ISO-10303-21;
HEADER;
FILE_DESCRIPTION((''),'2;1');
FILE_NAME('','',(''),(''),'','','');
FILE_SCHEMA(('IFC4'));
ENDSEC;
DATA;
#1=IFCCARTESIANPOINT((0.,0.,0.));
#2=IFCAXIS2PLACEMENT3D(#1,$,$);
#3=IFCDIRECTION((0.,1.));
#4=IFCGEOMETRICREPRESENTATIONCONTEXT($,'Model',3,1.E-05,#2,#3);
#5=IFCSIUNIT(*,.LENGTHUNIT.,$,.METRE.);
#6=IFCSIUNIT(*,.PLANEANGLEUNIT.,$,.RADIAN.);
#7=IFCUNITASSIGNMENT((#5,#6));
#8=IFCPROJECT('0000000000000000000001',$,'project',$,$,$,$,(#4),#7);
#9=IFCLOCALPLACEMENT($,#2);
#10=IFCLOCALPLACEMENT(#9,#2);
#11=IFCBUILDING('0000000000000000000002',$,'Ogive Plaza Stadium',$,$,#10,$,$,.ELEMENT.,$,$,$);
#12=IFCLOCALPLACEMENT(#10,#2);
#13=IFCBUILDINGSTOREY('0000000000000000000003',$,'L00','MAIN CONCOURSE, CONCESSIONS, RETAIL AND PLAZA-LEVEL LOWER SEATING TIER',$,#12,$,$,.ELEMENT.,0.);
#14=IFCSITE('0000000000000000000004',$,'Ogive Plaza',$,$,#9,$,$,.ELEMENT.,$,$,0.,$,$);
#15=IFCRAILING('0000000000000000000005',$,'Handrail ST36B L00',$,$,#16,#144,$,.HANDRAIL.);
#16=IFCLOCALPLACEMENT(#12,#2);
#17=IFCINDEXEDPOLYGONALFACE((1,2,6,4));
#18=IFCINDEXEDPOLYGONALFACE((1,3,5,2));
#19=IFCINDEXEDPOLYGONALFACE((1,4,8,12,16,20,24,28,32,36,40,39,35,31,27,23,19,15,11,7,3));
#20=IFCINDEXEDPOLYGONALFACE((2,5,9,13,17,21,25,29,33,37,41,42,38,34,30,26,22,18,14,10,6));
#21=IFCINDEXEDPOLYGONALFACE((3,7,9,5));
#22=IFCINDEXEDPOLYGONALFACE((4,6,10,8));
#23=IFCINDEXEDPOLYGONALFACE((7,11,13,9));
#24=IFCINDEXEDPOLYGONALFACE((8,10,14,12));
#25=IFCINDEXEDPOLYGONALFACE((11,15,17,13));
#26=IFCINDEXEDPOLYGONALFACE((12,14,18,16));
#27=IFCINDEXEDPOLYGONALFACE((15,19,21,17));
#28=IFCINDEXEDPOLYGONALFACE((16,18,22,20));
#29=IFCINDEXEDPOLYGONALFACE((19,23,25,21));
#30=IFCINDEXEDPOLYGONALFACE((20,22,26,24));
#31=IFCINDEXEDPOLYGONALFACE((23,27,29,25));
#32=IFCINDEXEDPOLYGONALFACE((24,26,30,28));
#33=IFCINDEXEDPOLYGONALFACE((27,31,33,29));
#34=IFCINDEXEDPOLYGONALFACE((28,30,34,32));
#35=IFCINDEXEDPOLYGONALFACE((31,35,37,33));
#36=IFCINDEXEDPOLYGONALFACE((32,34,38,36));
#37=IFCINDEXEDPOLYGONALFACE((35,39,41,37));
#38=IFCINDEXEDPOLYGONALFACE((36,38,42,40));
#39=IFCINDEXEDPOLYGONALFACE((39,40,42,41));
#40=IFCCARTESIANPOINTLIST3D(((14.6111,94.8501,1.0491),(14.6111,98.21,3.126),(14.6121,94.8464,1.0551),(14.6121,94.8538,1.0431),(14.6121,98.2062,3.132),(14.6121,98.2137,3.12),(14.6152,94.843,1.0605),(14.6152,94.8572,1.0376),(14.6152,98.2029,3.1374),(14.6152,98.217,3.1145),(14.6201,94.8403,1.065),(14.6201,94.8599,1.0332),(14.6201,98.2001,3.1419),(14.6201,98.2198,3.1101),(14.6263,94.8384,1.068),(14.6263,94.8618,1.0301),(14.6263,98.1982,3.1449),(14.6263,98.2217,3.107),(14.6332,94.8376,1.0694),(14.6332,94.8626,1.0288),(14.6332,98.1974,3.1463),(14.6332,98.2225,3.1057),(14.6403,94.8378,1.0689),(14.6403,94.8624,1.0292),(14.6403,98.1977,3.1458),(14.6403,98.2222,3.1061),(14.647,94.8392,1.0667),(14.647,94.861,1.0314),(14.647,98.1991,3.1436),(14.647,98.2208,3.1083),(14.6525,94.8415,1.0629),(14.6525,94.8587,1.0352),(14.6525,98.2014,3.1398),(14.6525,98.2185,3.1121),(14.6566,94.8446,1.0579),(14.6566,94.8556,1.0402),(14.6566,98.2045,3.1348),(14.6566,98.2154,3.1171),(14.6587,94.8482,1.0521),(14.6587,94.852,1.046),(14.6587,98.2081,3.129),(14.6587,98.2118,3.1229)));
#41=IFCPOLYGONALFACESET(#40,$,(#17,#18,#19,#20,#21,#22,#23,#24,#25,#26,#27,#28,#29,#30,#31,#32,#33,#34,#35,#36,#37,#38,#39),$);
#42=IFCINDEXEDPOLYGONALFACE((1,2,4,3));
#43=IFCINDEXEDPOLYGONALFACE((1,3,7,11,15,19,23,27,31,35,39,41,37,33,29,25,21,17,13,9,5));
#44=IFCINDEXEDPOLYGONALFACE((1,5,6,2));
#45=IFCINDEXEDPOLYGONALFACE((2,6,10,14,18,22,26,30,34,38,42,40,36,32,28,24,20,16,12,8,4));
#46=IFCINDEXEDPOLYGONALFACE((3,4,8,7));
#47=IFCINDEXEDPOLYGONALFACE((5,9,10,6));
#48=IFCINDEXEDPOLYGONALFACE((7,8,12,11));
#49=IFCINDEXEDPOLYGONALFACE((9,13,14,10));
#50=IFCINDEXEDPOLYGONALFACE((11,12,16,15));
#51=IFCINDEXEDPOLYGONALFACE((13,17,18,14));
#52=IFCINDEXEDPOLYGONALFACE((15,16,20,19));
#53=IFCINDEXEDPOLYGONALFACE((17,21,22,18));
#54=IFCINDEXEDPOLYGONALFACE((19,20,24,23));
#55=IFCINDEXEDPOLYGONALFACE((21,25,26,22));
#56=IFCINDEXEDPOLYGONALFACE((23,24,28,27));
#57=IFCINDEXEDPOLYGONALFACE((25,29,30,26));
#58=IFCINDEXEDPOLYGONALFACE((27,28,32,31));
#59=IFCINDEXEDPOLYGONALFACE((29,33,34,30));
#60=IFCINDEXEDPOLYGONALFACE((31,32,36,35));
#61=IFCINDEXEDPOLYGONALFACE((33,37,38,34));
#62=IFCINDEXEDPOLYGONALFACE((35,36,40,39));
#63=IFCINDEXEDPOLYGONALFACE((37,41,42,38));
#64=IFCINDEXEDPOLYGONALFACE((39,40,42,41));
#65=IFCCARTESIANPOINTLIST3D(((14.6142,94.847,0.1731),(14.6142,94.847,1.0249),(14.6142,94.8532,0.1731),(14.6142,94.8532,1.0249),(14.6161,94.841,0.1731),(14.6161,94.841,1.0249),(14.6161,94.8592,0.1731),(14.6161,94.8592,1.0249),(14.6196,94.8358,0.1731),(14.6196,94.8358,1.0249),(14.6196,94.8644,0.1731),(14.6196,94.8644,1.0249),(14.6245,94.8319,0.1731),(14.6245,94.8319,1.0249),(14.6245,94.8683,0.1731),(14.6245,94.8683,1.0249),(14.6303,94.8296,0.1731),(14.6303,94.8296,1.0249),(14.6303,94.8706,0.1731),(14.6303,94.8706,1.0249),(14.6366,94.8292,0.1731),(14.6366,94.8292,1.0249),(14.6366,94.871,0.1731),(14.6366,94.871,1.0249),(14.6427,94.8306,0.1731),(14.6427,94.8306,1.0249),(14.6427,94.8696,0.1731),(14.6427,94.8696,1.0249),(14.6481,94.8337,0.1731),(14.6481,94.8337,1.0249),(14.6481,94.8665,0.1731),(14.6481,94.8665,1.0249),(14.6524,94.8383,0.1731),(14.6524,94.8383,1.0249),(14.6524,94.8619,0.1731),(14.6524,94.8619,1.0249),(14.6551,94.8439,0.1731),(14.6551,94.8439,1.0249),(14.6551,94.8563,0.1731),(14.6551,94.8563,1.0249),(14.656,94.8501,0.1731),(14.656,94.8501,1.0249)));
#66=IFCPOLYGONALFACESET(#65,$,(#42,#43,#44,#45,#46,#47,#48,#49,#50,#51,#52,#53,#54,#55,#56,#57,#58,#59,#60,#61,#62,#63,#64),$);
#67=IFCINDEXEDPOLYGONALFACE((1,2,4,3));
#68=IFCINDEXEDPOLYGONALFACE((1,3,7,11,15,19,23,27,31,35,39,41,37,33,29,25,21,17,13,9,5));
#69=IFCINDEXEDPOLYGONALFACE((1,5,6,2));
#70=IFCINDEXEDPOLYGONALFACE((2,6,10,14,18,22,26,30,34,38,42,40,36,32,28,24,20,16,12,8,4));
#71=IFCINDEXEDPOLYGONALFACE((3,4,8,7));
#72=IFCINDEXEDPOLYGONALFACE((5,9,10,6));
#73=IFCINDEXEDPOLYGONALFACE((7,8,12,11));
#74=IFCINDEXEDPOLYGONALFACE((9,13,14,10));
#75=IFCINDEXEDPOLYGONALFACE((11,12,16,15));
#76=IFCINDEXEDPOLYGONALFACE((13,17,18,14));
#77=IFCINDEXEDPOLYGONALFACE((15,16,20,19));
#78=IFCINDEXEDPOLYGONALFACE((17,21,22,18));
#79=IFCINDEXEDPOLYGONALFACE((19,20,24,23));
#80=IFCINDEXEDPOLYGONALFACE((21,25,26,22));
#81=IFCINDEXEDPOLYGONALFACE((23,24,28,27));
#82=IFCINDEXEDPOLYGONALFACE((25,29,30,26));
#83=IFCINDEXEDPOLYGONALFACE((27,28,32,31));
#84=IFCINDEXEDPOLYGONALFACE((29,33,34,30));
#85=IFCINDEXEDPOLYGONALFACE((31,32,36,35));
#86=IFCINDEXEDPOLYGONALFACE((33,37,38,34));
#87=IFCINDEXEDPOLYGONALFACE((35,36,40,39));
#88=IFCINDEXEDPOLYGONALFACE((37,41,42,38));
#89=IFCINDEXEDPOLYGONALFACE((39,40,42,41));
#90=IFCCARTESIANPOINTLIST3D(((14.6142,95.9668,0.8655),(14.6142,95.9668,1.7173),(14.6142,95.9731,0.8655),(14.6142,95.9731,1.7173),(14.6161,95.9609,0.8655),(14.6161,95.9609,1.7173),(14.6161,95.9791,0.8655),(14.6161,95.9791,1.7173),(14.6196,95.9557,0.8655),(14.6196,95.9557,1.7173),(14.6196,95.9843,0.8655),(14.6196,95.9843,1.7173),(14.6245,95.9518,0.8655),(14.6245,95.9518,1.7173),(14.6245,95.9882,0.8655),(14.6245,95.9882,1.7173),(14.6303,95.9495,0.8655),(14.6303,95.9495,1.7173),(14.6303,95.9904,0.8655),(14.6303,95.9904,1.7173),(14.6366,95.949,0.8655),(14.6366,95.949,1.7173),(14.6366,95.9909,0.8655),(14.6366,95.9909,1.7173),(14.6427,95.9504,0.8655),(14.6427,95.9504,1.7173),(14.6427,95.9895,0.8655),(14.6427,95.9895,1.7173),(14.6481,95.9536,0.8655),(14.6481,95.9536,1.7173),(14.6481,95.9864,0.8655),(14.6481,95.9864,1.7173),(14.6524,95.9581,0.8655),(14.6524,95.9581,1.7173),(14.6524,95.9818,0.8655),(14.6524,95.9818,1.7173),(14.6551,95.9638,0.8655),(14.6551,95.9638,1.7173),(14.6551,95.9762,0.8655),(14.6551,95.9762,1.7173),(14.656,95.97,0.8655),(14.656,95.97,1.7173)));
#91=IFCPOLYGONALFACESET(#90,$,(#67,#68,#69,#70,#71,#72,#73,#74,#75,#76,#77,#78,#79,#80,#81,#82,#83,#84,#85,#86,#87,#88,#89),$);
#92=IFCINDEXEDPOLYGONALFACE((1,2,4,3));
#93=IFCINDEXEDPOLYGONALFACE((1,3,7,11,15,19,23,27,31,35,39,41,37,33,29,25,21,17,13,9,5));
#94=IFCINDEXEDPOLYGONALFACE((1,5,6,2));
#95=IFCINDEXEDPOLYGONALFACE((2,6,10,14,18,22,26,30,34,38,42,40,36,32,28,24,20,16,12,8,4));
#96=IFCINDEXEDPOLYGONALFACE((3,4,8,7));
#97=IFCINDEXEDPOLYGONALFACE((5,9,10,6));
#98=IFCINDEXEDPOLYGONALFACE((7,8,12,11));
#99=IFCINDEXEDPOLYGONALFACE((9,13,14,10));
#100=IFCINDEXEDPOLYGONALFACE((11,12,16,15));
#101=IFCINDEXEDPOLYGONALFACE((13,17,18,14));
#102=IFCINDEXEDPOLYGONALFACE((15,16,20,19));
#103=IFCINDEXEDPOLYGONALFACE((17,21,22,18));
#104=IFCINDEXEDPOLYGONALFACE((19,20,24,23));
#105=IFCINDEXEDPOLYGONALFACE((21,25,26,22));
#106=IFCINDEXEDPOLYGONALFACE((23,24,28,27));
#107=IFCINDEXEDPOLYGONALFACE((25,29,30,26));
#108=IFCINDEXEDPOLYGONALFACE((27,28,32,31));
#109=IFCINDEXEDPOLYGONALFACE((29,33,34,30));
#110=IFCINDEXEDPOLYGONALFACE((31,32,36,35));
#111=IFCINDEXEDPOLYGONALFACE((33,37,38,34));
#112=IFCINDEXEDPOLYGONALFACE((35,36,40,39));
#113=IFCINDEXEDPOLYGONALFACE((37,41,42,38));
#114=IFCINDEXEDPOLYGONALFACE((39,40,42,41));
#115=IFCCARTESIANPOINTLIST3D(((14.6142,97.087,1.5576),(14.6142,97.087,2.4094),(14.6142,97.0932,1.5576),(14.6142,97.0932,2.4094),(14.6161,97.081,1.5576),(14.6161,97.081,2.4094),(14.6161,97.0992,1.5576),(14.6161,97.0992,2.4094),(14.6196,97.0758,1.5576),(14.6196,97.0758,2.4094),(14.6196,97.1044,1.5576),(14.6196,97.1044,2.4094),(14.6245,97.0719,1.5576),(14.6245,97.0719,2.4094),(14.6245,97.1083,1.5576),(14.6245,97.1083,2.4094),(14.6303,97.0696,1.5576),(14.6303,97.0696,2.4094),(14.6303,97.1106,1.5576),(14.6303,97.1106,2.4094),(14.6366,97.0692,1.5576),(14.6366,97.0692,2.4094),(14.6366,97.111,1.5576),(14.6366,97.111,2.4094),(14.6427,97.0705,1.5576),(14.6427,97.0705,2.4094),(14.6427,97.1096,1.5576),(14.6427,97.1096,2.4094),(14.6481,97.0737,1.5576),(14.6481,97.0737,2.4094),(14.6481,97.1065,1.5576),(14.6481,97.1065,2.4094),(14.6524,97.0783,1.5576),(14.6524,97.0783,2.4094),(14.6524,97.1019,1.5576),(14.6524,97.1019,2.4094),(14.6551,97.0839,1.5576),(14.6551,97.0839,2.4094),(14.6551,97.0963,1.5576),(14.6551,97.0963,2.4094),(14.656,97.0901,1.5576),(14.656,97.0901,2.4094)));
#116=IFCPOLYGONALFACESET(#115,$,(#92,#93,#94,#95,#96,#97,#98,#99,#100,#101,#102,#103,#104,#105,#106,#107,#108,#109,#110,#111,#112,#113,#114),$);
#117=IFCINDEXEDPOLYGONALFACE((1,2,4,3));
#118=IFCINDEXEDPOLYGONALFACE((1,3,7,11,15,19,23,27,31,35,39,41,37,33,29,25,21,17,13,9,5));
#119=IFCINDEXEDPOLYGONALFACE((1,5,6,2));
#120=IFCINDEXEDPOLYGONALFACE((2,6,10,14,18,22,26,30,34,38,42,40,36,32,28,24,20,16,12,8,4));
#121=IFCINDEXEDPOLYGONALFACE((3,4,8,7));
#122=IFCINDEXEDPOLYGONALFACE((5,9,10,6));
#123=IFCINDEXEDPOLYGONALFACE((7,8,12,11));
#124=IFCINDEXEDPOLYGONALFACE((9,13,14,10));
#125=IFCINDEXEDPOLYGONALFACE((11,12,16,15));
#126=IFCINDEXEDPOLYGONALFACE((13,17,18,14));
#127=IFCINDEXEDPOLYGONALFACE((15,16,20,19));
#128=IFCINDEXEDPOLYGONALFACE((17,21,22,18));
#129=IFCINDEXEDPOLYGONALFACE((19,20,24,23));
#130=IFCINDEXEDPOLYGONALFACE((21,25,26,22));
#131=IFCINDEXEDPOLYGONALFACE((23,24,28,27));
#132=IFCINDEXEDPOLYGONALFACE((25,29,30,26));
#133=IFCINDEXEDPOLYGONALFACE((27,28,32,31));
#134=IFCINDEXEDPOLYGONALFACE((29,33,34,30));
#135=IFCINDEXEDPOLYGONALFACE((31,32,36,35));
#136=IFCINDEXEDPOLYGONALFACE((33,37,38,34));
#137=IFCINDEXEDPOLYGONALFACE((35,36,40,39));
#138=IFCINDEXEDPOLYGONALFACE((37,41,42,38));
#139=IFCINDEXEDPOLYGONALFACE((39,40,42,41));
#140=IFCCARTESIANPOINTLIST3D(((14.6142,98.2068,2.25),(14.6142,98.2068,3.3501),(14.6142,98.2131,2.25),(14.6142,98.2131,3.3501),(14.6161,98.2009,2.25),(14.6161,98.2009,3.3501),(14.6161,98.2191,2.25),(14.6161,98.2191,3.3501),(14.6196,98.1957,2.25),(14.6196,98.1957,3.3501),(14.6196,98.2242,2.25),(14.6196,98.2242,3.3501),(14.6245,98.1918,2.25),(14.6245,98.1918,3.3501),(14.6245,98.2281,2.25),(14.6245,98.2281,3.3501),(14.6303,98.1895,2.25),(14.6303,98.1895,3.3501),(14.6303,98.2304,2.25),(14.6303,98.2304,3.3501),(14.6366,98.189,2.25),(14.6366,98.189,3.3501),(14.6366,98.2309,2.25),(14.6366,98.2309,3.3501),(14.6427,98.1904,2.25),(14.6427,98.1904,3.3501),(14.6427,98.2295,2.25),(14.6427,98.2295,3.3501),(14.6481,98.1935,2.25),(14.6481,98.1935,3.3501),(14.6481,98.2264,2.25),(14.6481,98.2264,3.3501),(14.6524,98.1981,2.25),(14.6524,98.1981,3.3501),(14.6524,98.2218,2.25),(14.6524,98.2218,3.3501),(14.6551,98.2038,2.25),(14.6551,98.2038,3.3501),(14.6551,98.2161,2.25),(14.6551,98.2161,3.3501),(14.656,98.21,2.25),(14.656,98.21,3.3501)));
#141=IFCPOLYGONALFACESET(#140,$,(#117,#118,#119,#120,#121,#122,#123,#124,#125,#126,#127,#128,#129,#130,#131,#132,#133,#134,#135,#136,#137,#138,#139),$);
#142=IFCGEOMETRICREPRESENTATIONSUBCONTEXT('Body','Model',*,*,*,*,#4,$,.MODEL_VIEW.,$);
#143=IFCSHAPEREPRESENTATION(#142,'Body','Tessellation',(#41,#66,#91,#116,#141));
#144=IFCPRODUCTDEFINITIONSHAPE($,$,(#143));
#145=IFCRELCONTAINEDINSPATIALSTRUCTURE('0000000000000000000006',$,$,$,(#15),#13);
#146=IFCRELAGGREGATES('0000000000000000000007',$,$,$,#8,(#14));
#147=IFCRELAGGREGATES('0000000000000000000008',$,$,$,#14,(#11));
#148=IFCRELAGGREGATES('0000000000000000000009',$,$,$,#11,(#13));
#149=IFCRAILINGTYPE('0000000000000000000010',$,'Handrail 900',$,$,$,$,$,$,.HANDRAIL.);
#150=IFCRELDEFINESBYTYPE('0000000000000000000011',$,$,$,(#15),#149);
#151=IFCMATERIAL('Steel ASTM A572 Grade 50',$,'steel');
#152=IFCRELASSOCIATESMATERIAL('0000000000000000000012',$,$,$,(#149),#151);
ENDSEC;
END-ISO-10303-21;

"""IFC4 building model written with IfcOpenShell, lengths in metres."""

from ifc_helpers import new_model, si_unit, direction, frame, origin, origin_2d, place, context, subcontext, project, spatial, circle, extrude, material, type_object, element, save


model = new_model("IFC4")

# Units and contexts
model_context = context("Model", 3, precision=1e-05, world=origin(), true_north=direction((0.0, 1.0)))
body_context = subcontext(model_context, "Body", "Model", "MODEL_VIEW")
ifc_project = project(units=[si_unit("LENGTHUNIT", "METRE"), si_unit("PLANEANGLEUNIT", "RADIAN")], contexts=[model_context])

# Site, building, storey
site_placement = place(None, origin())
site = spatial("IfcSite", under=ifc_project, at=site_placement, Name="Ogive Plaza", CompositionType="ELEMENT", RefElevation=0.0)
building_placement = place(site_placement, origin())
building = spatial("IfcBuilding", under=site, at=building_placement, Name="Ogive Plaza Stadium", CompositionType="ELEMENT")
storey_placement = place(building_placement, origin())
storey = spatial("IfcBuildingStorey", under=building, at=storey_placement, Name="L00", Description="MAIN CONCOURSE, CONCESSIONS, RETAIL AND PLAZA-LEVEL LOWER SEATING TIER", CompositionType="ELEMENT", Elevation=0.0)

# Railing
ifc_material_1 = material(Name="Steel ASTM A572 Grade 50", Category="steel")
railing_type_1 = type_object("IfcRailingType", Name="Handrail 900", PredefinedType="HANDRAIL", material=ifc_material_1)
for number, where, name in (
    (1, (14.635, 94.8501, 0.1731), "Handrail ST36B L00"),
):
    element("IfcRailing", number, at=place(storey_placement, frame(where)), inside=storey, type_object=railing_type_1, Name=name, PredefinedType="HANDRAIL", context=body_context, shape_type="SweptSolid", body=[
        extrude(circle(Radius=0.0239, at=origin_2d()), frame((0.0, 0.0, 0.876), z_axis=(0.0, 0.850606, 0.525803), x_axis=(-1.0, 0.0, 0.0)), (0.0, 0.0, 1.0), 3.95),
        extrude(circle(Radius=0.021, at=origin_2d()), origin(), (0.0, 0.0, 1.0), 0.8518),
        extrude(circle(Radius=0.021, at=origin_2d()), frame((0.0, 1.1199, 0.6924)), (0.0, 0.0, 1.0), 0.8518),
        extrude(circle(Radius=0.021, at=origin_2d()), frame((0.0, 2.24, 1.3845)), (0.0, 0.0, 1.0), 0.8518),
        extrude(circle(Radius=0.021, at=origin_2d()), frame((0.0, 3.3599, 2.0769)), (0.0, 0.0, 1.0), 1.1001),
    ])

save(model, "model.ifc")
